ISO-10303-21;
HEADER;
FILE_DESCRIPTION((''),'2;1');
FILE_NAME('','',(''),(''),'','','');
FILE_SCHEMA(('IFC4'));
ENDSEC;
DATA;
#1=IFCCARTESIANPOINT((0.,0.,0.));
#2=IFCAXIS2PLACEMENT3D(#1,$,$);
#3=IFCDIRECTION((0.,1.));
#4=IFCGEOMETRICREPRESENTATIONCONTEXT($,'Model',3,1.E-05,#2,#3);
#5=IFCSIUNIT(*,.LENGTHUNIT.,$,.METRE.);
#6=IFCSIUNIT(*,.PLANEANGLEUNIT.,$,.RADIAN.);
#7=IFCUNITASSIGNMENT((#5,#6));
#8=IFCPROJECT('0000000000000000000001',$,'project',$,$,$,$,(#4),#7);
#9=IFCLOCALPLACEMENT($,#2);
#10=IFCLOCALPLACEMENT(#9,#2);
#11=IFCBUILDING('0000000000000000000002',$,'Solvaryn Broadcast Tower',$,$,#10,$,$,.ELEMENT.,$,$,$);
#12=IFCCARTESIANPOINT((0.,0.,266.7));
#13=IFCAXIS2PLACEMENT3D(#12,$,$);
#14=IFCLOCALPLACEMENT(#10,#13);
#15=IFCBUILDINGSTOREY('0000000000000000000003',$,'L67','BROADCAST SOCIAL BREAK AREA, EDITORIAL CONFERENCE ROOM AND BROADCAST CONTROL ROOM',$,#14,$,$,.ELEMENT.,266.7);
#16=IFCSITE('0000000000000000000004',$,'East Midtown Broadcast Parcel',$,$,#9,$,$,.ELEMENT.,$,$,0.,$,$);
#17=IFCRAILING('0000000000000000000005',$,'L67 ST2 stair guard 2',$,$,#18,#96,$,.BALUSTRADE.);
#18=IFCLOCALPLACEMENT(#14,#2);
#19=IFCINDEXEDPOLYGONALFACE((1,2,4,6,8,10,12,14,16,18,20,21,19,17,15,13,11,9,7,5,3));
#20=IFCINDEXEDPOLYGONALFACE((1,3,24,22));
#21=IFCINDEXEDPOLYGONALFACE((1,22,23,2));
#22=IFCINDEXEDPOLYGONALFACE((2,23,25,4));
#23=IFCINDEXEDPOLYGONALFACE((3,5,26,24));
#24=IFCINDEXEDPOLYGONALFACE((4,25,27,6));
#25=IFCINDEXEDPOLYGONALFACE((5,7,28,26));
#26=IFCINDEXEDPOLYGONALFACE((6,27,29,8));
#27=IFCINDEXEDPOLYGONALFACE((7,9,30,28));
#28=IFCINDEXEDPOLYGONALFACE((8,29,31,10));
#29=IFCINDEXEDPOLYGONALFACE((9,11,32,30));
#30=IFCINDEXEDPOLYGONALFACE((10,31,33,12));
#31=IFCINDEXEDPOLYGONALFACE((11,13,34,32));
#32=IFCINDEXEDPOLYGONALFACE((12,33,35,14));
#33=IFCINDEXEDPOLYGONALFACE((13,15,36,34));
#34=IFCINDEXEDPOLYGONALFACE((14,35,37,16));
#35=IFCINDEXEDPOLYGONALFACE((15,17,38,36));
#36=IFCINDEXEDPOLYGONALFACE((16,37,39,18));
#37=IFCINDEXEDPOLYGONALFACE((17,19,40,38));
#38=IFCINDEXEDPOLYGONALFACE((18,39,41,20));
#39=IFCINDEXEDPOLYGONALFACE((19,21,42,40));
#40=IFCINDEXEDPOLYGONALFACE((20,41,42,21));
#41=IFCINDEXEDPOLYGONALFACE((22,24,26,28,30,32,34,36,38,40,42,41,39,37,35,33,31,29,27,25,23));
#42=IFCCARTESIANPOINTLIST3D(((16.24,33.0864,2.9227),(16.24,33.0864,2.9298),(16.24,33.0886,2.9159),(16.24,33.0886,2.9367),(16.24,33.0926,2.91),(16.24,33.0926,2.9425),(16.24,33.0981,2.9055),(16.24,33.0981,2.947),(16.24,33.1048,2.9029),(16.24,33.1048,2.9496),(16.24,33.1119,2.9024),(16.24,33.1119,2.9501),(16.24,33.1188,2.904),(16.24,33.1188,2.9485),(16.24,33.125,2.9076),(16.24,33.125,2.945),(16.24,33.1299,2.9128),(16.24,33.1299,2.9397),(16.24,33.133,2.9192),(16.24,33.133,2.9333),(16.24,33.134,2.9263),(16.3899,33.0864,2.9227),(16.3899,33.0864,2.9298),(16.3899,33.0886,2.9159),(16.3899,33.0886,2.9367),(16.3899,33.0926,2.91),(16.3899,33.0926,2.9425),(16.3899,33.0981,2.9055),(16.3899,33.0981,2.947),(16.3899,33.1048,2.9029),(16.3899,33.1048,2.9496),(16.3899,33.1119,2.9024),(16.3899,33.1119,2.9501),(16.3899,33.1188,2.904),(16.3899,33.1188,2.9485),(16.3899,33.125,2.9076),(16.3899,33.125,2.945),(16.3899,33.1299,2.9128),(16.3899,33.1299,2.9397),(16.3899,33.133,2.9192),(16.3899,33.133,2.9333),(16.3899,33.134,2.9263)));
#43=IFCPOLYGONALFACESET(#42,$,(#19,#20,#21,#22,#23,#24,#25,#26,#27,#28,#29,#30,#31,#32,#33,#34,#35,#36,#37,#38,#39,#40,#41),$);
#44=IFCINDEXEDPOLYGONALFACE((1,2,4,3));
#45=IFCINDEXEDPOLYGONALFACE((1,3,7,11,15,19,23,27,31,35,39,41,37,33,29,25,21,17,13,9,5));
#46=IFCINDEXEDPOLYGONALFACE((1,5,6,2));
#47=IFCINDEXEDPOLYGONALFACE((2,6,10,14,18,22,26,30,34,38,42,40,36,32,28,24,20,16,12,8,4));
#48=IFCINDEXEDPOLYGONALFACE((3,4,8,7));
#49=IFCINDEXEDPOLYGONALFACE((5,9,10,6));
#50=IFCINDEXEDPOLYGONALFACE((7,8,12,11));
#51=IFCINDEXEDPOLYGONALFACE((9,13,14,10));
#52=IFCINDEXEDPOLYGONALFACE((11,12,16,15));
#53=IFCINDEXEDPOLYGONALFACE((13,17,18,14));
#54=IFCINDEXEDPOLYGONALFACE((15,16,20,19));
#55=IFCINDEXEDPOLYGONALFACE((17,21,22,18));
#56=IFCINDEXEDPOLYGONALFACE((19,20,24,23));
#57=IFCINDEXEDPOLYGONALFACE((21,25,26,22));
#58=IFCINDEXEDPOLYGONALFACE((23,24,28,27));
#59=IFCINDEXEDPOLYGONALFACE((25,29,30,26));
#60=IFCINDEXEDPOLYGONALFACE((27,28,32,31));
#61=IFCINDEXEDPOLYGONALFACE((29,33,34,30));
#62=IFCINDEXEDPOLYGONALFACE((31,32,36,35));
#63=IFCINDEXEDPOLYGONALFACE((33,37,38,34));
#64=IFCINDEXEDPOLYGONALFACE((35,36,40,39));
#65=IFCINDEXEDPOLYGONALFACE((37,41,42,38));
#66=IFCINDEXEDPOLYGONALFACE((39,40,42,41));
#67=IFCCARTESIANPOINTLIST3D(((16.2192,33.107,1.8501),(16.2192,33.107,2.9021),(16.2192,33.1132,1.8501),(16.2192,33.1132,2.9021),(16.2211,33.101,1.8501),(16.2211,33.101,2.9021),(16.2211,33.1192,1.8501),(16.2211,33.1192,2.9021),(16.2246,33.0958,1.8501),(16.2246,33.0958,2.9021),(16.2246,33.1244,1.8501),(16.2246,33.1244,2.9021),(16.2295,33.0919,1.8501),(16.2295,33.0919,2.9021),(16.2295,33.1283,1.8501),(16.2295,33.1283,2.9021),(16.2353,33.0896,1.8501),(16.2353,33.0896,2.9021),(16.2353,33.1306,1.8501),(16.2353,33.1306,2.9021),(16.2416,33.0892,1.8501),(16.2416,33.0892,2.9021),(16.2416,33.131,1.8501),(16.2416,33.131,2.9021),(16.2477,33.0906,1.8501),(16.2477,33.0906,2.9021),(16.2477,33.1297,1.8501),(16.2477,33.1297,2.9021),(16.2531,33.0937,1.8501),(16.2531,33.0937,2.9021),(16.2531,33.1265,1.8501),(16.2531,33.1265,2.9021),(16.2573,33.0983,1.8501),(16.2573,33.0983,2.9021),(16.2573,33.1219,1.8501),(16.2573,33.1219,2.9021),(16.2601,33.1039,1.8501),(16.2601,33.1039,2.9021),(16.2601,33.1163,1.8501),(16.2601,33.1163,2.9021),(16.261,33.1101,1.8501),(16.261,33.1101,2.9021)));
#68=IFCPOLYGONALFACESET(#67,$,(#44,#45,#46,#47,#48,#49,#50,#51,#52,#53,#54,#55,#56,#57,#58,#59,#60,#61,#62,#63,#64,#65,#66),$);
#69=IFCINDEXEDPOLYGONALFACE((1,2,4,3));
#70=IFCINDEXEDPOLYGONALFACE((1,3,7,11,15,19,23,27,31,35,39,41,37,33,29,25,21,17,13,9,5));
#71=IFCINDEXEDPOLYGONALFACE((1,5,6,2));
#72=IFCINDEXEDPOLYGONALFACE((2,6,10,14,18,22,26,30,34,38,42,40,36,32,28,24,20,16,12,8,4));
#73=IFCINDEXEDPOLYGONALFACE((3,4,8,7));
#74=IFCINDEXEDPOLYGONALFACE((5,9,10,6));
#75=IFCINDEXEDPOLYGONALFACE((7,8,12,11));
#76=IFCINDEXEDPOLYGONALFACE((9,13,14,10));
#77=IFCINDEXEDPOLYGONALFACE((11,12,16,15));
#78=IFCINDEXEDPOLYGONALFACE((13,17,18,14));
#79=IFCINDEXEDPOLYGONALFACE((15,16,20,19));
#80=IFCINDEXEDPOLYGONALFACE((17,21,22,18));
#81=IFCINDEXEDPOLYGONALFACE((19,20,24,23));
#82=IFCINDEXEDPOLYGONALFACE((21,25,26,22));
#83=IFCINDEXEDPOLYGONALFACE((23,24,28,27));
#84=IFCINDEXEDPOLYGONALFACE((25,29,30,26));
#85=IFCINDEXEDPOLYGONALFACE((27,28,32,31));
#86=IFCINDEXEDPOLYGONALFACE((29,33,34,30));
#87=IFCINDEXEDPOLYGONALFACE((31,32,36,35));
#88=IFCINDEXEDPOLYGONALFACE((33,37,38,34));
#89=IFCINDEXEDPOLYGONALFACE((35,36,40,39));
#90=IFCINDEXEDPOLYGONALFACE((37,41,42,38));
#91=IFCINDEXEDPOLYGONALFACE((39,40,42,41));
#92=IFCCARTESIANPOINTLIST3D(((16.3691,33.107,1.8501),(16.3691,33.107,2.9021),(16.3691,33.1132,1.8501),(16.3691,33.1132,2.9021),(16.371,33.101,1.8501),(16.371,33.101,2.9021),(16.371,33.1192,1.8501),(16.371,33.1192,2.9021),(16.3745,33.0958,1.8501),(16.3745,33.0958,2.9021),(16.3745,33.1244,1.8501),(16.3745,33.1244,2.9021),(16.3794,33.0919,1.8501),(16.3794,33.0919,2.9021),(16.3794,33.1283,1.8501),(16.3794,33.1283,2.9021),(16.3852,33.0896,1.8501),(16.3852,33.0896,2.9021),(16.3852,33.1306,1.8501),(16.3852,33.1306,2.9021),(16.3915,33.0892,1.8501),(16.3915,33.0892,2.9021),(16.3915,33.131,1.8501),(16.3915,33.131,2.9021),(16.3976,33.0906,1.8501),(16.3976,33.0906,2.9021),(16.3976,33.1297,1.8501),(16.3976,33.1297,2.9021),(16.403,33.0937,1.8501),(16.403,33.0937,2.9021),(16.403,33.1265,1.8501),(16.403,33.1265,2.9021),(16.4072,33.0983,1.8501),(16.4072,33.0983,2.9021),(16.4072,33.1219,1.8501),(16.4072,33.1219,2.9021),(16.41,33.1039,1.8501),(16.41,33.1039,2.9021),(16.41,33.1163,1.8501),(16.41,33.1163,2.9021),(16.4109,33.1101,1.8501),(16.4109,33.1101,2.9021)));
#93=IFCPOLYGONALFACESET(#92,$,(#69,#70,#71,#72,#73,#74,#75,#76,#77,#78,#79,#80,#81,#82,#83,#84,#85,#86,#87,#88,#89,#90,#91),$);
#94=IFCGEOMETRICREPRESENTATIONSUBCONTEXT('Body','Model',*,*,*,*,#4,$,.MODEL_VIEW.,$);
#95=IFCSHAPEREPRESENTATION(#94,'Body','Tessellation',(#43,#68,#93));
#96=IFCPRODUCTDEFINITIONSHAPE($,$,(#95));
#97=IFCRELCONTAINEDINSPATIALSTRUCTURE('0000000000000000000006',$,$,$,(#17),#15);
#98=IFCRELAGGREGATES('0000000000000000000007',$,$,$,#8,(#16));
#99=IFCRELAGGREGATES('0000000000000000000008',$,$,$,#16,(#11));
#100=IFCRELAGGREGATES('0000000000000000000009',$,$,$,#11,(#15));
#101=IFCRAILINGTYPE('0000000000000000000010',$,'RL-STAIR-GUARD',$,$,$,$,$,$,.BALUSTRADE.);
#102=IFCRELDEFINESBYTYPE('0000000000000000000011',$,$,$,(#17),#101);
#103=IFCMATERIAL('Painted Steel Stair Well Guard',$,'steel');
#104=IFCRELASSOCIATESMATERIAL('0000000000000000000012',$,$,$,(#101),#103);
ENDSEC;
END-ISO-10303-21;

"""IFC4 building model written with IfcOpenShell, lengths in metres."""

from ifc_helpers import new_model, si_unit, direction, frame, origin, origin_2d, place, context, subcontext, project, spatial, circle, extrude, material, type_object, element, save


model = new_model("IFC4")

# Units and contexts
model_context = context("Model", 3, precision=1e-05, world=origin(), true_north=direction((0.0, 1.0)))
body_context = subcontext(model_context, "Body", "Model", "MODEL_VIEW")
ifc_project = project(units=[si_unit("LENGTHUNIT", "METRE"), si_unit("PLANEANGLEUNIT", "RADIAN")], contexts=[model_context])

# Site, building, storey
site_placement = place(None, origin())
site = spatial("IfcSite", under=ifc_project, at=site_placement, Name="East Midtown Broadcast Parcel", CompositionType="ELEMENT", RefElevation=0.0)
building_placement = place(site_placement, origin())
building = spatial("IfcBuilding", under=site, at=building_placement, Name="Solvaryn Broadcast Tower", CompositionType="ELEMENT")
storey_placement = place(building_placement, frame((0.0, 0.0, 266.7)))
storey = spatial("IfcBuildingStorey", under=building, at=storey_placement, Name="L67", Description="BROADCAST SOCIAL BREAK AREA, EDITORIAL CONFERENCE ROOM AND BROADCAST CONTROL ROOM", CompositionType="ELEMENT", Elevation=266.7)

# Railing
ifc_material_1 = material(Name="Painted Steel Stair Well Guard", Category="steel")
railing_type_1 = type_object("IfcRailingType", Name="RL-STAIR-GUARD", PredefinedType="BALUSTRADE", material=ifc_material_1)
railing_1_placement = place(storey_placement, frame((16.24, 33.1101, 1.8501)))
element("IfcRailing", 1, at=railing_1_placement, inside=storey, type_object=railing_type_1, Name="L67 ST2 stair guard 2", PredefinedType="BALUSTRADE", context=body_context, shape_type="SweptSolid", body=[
    extrude(circle(Radius=0.0239, at=origin_2d()), frame((0.0, 0.0, 1.0762), z_axis=(1.0, 0.0, 0.0), x_axis=(0.0, 1.0, 0.0)), (0.0, 0.0, 1.0), 0.1499),
    extrude(circle(Radius=0.021, at=origin_2d()), origin(), (0.0, 0.0, 1.0), 1.052),
    extrude(circle(Radius=0.021, at=origin_2d()), frame((0.1499, 0.0, 0.0)), (0.0, 0.0, 1.0), 1.052),
])

save(model, "model.ifc")
